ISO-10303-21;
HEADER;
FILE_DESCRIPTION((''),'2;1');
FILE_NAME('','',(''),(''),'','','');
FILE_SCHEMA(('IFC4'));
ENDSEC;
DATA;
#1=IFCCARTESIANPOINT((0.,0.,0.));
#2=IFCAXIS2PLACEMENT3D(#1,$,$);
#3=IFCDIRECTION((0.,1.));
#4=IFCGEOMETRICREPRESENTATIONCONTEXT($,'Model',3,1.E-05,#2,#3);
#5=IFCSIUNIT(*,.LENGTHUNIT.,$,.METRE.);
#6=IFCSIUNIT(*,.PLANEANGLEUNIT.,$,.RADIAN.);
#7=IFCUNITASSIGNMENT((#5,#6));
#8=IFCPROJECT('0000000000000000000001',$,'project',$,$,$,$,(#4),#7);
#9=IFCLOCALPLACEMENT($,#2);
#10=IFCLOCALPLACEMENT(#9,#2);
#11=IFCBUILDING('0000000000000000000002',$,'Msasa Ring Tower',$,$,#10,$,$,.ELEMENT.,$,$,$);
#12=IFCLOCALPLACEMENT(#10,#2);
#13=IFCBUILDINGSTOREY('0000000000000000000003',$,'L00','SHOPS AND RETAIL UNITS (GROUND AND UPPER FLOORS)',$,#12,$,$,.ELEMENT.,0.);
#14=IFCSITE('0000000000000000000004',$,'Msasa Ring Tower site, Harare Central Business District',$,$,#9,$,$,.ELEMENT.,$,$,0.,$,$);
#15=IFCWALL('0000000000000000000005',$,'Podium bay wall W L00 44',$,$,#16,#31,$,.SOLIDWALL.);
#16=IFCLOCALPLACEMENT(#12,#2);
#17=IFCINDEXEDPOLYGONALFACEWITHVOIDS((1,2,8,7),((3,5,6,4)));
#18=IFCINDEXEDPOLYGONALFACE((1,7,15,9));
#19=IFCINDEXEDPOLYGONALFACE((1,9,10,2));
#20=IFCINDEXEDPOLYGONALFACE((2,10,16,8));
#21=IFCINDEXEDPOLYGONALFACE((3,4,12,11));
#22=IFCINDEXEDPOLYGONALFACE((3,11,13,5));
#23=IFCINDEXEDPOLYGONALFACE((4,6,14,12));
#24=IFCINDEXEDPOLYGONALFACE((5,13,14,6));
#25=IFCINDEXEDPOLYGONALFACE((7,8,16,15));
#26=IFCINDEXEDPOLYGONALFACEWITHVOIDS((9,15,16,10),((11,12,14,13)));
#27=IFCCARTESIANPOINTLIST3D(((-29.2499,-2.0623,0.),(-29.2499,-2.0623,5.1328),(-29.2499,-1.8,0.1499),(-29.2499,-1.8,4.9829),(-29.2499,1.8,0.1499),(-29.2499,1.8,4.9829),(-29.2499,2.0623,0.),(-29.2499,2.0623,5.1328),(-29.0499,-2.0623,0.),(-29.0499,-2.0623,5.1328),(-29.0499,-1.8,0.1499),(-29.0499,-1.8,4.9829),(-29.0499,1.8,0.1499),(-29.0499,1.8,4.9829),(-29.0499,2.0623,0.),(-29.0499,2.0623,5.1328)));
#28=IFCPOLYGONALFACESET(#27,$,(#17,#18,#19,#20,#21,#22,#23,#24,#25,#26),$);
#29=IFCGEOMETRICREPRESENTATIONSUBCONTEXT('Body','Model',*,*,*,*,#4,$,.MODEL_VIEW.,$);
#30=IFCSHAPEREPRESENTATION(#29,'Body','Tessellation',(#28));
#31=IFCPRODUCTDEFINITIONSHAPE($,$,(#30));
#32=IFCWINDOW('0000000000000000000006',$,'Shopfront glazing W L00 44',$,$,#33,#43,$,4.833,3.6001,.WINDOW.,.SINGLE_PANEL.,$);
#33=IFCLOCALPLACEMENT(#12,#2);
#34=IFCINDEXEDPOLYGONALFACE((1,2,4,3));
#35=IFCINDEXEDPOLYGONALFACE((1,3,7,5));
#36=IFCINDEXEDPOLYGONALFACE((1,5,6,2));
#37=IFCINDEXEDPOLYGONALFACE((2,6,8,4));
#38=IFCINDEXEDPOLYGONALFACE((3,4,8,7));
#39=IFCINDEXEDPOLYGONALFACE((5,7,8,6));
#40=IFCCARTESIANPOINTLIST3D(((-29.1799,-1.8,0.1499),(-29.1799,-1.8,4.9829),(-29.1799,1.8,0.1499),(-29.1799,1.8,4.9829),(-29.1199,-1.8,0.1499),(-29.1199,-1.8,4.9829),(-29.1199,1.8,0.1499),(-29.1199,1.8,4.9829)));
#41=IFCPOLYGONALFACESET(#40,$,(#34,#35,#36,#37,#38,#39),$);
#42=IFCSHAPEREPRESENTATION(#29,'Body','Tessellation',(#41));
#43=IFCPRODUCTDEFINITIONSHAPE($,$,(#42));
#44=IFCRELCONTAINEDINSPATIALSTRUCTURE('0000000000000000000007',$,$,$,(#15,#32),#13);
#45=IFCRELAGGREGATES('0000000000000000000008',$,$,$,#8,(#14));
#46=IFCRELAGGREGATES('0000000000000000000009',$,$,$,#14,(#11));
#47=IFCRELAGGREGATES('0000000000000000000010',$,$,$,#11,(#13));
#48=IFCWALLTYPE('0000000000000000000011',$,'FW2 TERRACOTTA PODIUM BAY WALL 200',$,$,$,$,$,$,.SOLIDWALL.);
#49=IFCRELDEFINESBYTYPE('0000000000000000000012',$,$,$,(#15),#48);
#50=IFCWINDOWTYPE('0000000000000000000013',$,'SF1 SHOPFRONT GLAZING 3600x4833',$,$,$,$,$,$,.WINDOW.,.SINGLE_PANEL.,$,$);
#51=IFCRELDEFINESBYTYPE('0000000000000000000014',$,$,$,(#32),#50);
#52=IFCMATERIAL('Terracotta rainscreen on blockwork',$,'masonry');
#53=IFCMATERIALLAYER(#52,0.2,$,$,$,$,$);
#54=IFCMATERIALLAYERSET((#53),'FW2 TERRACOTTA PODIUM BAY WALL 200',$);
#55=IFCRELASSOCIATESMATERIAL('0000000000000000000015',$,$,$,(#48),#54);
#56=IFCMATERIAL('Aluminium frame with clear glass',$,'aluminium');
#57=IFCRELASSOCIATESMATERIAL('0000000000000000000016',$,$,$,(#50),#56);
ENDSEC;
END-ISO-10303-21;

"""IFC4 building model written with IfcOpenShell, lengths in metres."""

from ifc_helpers import new_model, si_unit, direction, frame, frame_2d, origin, place, context, subcontext, project, spatial, rectangle, extrude, material, layer, layer_set, type_object, element, fill, save


model = new_model("IFC4")

# Units and contexts
model_context = context("Model", 3, precision=1e-05, world=origin(), true_north=direction((0.0, 1.0)))
body_context = subcontext(model_context, "Body", "Model", "MODEL_VIEW")
ifc_project = project(units=[si_unit("LENGTHUNIT", "METRE"), si_unit("PLANEANGLEUNIT", "RADIAN")], contexts=[model_context])

# Site, building, storey
site_placement = place(None, origin())
site = spatial("IfcSite", under=ifc_project, at=site_placement, Name="Msasa Ring Tower site, Harare Central Business District", CompositionType="ELEMENT", RefElevation=0.0)
building_placement = place(site_placement, origin())
building = spatial("IfcBuilding", under=site, at=building_placement, Name="Msasa Ring Tower", CompositionType="ELEMENT")
storey_placement = place(building_placement, origin())
storey = spatial("IfcBuildingStorey", under=building, at=storey_placement, Name="L00", Description="SHOPS AND RETAIL UNITS (GROUND AND UPPER FLOORS)", CompositionType="ELEMENT", Elevation=0.0)

# Shared definitions
ifc_material_1 = material(Name="Terracotta rainscreen on blockwork", Category="masonry")
ifc_layer = layer(ifc_material_1, 0.2)
ifc_layer_set = layer_set([ifc_layer], Name="FW2 TERRACOTTA PODIUM BAY WALL 200")
wall_type = type_object("IfcWallType", Name="FW2 TERRACOTTA PODIUM BAY WALL 200", PredefinedType="SOLIDWALL", material=ifc_layer_set)

# Wall, opening, window
wall_1_placement = place(storey_placement, frame((-29.1499, -2.0623, 0.0), z_axis=(0.0, 0.0, 1.0), x_axis=(0.0, 1.0, 0.0)))
wall_1 = element("IfcWall", 1, at=wall_1_placement, inside=storey, type_object=wall_type, Name="Podium bay wall W L00 44", PredefinedType="SOLIDWALL", context=body_context, shape_type="SweptSolid", body=[
    extrude(rectangle(XDim=4.1245, YDim=0.2, at=frame_2d((2.0623, 0.0))), origin(), (0.0, 0.0, 1.0), 5.1328),
])
opening_1_placement = place(wall_1_placement, frame((0.2622, 0.0, 0.1499)))
opening_1 = element("IfcOpeningElement", 2, at=opening_1_placement, cuts=wall_1, PredefinedType="OPENING", context=body_context, shape_type="SweptSolid", body=[
    extrude(rectangle(XDim=3.6001, YDim=4.833, at=frame_2d((1.8, 2.4165))), frame((0.0, 0.1099, 0.0), z_axis=(0.0, -1.0, 0.0), x_axis=(1.0, 0.0, 0.0)), (0.0, 0.0, 1.0), 0.22),
])
ifc_material_2 = material(Name="Aluminium frame with clear glass", Category="aluminium")
window_type = type_object("IfcWindowType", Name="SF1 SHOPFRONT GLAZING 3600x4833", PartitioningType="SINGLE_PANEL", PredefinedType="WINDOW", material=ifc_material_2)
window_placement = place(opening_1_placement, origin())
window = element("IfcWindow", 3, at=window_placement, inside=storey, type_object=window_type, Name="Shopfront glazing W L00 44", OverallHeight=4.833, OverallWidth=3.6001, PartitioningType="SINGLE_PANEL", PredefinedType="WINDOW", context=body_context, shape_type="SweptSolid", body=[
    extrude(rectangle(XDim=3.6001, YDim=4.833, at=frame_2d((1.8, 2.4165))), frame((0.0, 0.03, 0.0), z_axis=(0.0, -1.0, 0.0), x_axis=(1.0, 0.0, 0.0)), (0.0, 0.0, 1.0), 0.0601),
])
fill(opening_1, window)

save(model, "model.ifc")
